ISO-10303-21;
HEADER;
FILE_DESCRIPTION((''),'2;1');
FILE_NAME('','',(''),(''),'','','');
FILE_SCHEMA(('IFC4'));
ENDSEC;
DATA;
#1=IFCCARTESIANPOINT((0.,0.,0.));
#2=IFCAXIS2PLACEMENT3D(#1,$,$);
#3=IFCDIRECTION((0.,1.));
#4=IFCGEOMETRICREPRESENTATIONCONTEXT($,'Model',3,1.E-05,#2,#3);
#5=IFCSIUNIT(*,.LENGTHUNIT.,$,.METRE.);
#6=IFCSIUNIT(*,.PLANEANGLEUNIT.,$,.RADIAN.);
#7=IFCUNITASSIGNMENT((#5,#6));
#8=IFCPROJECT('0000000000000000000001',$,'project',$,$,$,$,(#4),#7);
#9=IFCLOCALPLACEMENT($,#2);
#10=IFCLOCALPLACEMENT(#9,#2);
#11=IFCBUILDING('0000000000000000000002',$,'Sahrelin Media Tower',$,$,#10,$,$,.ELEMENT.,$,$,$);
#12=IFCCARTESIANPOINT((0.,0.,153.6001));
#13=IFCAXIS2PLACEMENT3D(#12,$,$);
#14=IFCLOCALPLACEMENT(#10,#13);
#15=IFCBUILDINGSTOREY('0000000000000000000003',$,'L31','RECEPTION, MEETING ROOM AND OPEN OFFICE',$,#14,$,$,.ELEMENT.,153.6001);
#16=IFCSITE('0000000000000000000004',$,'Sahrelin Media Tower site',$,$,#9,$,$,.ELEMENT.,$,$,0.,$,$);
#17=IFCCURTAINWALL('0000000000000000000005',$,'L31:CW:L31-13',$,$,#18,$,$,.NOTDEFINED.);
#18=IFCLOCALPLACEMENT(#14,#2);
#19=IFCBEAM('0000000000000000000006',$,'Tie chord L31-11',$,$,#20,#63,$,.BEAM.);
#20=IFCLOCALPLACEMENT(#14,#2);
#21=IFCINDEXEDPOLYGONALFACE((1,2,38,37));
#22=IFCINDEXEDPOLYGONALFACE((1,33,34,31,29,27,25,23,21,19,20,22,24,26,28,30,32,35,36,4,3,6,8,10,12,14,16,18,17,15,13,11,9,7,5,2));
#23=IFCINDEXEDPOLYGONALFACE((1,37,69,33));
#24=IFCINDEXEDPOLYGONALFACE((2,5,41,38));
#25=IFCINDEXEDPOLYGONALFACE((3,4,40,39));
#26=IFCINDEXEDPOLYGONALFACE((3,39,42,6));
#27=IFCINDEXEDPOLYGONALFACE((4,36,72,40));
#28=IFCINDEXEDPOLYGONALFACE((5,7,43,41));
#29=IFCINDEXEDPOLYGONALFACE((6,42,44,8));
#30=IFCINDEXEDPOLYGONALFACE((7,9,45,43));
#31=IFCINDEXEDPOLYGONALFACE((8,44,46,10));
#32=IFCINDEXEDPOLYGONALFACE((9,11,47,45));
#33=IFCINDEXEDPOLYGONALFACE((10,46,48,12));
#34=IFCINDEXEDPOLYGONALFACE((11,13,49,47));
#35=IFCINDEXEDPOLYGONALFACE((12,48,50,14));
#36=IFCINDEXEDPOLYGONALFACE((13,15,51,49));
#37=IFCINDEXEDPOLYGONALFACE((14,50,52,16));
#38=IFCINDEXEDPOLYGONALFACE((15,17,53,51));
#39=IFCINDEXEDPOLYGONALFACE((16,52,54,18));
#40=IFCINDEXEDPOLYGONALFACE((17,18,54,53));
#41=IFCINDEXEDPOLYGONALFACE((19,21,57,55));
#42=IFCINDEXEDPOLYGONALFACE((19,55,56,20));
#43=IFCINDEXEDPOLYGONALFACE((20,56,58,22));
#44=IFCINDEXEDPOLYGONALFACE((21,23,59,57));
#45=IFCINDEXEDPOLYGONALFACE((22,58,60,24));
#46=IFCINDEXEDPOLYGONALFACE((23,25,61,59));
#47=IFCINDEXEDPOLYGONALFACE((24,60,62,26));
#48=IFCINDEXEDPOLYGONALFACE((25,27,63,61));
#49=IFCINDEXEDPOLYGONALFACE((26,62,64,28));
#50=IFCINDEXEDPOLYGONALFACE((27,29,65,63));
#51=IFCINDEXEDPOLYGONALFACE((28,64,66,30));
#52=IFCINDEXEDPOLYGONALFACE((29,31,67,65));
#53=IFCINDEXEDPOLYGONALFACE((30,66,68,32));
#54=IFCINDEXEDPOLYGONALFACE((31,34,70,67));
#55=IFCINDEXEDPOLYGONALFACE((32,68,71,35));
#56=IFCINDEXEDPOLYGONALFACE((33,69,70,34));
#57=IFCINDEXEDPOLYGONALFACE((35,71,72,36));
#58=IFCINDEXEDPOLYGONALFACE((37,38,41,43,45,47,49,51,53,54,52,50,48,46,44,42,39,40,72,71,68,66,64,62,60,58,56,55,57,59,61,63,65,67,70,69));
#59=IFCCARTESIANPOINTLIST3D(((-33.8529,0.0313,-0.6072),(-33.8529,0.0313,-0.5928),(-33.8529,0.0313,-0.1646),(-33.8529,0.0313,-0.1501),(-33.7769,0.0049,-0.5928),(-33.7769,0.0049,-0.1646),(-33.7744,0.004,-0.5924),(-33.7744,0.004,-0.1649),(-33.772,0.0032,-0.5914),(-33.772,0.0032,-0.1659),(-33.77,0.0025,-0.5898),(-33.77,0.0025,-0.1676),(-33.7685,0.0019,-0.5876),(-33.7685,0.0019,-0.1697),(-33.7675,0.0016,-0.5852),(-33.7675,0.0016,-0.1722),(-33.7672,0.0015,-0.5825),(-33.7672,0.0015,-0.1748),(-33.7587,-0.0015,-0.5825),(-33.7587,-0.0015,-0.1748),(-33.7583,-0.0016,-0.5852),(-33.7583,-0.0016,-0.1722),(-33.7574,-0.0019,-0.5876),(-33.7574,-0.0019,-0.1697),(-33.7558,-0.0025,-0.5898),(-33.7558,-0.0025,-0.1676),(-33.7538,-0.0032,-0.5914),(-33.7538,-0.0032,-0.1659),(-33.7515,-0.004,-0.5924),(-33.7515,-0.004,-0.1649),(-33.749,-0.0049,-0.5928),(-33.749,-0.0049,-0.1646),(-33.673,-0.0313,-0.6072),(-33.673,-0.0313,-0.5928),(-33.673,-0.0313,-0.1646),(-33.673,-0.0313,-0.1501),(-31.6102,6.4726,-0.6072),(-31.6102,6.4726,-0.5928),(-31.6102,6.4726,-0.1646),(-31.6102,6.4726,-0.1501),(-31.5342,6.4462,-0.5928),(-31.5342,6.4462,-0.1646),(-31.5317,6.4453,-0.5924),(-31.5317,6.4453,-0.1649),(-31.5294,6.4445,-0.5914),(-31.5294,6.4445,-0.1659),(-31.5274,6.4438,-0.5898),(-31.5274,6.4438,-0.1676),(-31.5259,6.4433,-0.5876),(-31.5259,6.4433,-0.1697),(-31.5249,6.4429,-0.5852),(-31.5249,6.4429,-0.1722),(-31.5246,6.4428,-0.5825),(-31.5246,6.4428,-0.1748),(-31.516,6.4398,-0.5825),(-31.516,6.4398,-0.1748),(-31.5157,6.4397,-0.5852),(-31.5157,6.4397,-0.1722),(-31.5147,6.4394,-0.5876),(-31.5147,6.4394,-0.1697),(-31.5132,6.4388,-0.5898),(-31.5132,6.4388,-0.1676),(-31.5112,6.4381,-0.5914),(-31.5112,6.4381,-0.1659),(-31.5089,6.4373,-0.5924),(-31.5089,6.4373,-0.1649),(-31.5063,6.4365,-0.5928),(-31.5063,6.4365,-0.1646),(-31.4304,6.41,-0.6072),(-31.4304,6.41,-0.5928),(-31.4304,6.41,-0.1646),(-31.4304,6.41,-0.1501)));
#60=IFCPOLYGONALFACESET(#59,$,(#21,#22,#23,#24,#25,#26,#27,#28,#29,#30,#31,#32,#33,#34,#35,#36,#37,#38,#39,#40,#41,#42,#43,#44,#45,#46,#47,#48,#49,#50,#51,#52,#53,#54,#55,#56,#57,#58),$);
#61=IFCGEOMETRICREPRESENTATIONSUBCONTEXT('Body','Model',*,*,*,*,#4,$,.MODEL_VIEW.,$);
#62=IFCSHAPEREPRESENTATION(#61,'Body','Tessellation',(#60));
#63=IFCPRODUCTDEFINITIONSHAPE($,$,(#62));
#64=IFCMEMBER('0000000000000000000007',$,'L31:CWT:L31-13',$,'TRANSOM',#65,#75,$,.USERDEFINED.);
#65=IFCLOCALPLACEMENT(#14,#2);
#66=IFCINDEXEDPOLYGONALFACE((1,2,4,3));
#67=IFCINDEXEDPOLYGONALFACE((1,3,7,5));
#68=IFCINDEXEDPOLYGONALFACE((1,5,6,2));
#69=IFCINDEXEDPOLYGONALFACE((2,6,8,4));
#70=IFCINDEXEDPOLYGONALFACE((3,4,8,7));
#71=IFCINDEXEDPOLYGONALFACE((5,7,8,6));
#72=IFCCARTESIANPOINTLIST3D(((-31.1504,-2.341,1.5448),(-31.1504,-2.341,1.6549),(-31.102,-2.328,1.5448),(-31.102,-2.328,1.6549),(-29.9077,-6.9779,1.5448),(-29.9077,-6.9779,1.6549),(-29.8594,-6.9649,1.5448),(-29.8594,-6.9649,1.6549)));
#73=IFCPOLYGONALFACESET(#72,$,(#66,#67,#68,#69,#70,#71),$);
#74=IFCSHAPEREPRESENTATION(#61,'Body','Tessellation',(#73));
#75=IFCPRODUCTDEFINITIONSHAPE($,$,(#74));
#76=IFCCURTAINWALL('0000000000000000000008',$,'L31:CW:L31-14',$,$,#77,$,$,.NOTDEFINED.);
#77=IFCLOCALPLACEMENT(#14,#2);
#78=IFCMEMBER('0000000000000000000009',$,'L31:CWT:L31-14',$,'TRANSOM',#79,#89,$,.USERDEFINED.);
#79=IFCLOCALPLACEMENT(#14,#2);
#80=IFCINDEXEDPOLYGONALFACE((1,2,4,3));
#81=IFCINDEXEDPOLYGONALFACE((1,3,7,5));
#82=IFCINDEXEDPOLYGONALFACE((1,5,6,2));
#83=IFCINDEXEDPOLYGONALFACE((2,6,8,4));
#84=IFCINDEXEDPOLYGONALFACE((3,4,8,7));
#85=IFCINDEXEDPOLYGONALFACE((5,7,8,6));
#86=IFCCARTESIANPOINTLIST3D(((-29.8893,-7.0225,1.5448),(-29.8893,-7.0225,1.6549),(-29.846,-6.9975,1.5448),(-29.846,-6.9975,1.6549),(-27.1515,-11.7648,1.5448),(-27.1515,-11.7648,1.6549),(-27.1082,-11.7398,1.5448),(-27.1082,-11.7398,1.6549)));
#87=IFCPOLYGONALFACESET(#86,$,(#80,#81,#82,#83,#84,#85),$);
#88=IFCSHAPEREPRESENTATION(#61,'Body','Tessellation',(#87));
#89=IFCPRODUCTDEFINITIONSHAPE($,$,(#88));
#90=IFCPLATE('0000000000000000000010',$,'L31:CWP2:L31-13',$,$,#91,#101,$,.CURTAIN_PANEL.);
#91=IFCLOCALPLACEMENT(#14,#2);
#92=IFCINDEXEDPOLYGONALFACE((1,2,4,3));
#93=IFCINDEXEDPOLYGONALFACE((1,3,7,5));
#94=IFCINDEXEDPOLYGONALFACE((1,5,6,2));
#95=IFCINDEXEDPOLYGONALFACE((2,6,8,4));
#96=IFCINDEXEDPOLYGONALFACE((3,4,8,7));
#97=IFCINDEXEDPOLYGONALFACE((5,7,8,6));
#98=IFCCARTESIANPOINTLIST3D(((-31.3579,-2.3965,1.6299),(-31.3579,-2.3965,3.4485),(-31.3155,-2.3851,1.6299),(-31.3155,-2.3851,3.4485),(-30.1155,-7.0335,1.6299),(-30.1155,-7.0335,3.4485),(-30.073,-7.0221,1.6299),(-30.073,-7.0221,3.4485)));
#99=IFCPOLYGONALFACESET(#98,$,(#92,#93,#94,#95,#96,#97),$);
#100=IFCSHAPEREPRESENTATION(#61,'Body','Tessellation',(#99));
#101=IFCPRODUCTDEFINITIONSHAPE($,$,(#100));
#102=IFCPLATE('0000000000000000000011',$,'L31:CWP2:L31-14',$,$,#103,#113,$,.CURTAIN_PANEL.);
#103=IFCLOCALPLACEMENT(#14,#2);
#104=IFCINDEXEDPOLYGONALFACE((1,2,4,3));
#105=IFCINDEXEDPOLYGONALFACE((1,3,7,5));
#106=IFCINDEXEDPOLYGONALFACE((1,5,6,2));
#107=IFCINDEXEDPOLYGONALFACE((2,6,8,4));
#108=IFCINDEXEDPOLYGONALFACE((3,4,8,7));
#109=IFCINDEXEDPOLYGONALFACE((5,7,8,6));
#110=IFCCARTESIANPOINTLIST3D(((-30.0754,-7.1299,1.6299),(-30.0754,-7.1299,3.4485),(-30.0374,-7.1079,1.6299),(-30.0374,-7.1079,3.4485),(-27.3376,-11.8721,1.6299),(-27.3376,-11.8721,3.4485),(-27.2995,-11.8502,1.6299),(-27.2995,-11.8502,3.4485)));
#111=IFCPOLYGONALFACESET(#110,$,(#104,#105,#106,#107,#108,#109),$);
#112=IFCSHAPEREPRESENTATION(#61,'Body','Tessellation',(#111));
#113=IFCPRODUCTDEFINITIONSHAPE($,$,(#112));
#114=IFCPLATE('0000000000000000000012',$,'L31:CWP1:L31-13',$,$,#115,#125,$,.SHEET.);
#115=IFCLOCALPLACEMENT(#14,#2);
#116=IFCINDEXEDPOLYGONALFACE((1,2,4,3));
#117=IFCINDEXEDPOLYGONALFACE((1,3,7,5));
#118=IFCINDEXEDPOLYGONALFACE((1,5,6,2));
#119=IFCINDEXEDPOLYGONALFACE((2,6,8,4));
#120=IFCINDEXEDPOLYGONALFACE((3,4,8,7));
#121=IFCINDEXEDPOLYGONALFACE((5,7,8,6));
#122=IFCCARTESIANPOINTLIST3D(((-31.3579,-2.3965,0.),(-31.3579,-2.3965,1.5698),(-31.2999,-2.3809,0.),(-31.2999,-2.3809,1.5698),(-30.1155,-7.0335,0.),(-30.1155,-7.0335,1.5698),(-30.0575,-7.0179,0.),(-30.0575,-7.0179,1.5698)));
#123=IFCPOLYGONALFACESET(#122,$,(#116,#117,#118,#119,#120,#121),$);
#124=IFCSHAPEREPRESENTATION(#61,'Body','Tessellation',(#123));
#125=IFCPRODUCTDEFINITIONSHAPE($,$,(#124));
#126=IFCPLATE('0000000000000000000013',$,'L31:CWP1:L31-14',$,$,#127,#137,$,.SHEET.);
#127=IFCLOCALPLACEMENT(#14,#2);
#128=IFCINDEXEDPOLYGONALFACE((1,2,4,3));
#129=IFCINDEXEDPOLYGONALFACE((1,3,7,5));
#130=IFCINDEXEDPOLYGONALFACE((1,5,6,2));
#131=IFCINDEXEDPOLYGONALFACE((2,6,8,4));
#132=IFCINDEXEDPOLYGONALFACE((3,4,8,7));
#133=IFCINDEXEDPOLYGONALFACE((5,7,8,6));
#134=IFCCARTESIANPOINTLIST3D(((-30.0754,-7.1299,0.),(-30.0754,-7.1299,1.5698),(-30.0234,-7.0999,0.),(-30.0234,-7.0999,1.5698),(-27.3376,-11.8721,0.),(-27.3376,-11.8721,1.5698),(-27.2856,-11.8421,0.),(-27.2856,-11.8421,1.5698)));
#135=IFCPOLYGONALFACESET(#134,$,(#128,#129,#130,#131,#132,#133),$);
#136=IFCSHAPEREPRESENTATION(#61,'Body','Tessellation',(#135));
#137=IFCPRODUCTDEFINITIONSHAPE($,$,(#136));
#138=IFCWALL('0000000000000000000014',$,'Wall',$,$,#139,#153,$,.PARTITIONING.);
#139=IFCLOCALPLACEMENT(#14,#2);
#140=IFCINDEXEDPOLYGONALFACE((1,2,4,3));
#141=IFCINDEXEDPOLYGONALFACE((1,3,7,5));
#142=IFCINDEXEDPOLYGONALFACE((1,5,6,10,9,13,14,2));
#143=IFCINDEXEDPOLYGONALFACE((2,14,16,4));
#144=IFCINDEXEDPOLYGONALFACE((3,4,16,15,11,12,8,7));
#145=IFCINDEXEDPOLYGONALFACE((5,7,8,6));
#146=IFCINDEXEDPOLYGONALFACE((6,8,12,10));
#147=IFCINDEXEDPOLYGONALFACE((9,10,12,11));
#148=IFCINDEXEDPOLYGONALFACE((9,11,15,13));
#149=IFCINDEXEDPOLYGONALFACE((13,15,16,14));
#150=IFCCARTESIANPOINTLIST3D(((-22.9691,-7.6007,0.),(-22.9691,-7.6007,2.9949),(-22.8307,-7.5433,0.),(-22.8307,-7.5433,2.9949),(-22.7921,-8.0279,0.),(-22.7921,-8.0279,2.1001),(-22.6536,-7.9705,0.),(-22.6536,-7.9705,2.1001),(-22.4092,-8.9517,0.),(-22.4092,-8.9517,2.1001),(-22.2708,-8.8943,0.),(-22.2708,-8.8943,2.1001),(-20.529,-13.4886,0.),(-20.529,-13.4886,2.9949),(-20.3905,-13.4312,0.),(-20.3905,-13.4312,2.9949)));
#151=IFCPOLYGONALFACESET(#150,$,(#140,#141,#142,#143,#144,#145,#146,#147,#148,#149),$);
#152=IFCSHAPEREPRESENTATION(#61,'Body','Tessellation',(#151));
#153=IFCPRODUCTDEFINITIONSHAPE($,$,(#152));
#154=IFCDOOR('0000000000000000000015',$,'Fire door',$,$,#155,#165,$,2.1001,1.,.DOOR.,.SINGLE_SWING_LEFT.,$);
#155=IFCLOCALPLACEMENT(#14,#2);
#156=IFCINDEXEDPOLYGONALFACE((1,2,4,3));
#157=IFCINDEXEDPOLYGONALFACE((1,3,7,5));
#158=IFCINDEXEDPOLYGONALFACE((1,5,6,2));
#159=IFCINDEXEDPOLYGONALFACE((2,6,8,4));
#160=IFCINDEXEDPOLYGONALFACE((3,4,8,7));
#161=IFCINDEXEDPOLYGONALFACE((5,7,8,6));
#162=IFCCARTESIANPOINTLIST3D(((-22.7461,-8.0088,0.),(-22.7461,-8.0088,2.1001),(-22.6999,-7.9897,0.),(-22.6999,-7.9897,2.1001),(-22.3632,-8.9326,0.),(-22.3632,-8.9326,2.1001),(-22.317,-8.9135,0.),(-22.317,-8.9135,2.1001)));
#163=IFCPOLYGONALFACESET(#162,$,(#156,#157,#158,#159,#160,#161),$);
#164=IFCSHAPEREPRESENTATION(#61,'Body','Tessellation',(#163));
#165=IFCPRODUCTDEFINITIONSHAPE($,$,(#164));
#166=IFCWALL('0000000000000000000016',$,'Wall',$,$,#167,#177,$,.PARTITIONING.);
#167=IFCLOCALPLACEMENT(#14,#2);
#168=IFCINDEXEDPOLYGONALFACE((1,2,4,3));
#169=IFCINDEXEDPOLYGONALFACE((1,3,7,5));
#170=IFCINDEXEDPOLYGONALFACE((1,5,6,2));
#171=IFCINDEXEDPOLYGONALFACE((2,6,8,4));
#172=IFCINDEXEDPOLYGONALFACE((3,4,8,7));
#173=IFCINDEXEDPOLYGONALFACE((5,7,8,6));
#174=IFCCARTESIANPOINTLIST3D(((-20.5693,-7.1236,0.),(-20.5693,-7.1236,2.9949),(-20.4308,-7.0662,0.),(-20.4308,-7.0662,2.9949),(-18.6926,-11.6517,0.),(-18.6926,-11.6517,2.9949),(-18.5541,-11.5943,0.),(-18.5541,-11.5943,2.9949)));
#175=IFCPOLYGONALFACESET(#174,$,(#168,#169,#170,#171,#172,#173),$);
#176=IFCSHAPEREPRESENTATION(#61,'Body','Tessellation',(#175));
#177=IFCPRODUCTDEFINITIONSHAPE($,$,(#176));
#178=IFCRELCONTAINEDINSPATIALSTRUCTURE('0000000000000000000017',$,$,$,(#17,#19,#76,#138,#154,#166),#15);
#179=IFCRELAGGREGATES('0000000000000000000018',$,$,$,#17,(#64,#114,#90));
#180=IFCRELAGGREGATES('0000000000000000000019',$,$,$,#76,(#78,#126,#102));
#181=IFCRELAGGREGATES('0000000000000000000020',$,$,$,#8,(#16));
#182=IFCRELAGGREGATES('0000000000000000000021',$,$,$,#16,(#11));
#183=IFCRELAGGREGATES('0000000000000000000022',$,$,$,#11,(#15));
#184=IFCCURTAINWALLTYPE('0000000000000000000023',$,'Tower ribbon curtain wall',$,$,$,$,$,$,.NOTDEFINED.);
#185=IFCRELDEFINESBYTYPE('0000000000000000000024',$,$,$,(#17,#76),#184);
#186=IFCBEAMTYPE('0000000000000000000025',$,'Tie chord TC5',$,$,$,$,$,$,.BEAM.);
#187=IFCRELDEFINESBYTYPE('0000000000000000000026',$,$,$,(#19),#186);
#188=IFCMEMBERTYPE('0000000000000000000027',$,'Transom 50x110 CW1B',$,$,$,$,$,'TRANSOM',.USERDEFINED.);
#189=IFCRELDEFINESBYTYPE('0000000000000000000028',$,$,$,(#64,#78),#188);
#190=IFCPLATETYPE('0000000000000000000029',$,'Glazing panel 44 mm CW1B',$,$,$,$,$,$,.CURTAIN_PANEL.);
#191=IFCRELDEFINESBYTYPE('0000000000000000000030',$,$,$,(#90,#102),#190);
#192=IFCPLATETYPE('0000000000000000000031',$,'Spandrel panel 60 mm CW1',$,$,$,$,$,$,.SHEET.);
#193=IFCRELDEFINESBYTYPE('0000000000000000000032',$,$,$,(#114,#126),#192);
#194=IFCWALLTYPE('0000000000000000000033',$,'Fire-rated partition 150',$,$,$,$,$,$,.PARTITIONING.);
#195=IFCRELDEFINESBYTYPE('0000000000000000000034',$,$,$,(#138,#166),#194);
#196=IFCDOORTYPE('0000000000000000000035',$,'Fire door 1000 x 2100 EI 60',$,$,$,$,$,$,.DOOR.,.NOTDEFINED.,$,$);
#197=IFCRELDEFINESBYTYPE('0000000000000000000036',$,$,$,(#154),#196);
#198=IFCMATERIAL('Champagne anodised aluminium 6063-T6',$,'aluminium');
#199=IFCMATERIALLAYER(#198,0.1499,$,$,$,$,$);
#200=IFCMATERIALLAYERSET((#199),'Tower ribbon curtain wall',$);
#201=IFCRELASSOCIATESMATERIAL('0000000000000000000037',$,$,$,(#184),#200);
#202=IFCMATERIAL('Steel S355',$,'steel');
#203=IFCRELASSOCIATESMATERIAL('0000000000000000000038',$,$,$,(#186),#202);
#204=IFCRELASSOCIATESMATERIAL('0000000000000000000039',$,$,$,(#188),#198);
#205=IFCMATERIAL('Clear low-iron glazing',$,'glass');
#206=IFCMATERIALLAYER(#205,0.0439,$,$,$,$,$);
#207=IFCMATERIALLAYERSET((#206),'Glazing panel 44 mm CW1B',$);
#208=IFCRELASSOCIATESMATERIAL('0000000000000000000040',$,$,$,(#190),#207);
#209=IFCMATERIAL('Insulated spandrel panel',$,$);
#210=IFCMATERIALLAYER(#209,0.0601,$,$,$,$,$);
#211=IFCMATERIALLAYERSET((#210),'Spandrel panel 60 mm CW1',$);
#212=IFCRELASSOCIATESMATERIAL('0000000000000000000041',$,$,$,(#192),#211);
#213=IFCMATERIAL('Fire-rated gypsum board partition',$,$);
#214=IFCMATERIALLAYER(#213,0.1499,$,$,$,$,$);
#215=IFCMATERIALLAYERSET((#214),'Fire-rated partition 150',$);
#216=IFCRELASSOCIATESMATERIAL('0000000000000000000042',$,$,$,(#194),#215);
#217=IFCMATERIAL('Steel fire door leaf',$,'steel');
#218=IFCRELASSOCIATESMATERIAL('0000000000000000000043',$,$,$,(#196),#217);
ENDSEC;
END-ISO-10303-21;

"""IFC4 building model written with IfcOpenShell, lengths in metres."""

from ifc_helpers import new_model, si_unit, direction, frame, frame_2d, origin, origin_2d, place, context, subcontext, project, spatial, polyline, rectangle, i_section, outline, extrude, material, layer, layer_set, material_profile, profile_set, type_object, element, fill, aggregate, save


model = new_model("IFC4")

# Units and contexts
model_context = context("Model", 3, precision=1e-05, world=origin(), true_north=direction((0.0, 1.0)))
body_context = subcontext(model_context, "Body", "Model", "MODEL_VIEW")
ifc_project = project(units=[si_unit("LENGTHUNIT", "METRE"), si_unit("PLANEANGLEUNIT", "RADIAN")], contexts=[model_context])

# Site, building, storey
site_placement = place(None, origin())
site = spatial("IfcSite", under=ifc_project, at=site_placement, Name="Sahrelin Media Tower site", CompositionType="ELEMENT", RefElevation=0.0)
building_placement = place(site_placement, origin())
building = spatial("IfcBuilding", under=site, at=building_placement, Name="Sahrelin Media Tower", CompositionType="ELEMENT")
storey_placement = place(building_placement, frame((0.0, 0.0, 153.6001)))
storey = spatial("IfcBuildingStorey", under=building, at=storey_placement, Name="L31", Description="RECEPTION, MEETING ROOM AND OPEN OFFICE", CompositionType="ELEMENT", Elevation=153.6001)

# Shared definitions
ifc_material_1 = material(Name="Steel S355", Category="steel")

# Curtain wall
ifc_material_2 = material(Name="Champagne anodised aluminium 6063-T6", Category="aluminium")
ifc_layer_1 = layer(ifc_material_2, 0.1499)
ifc_layer_set_1 = layer_set([ifc_layer_1], Name="Tower ribbon curtain wall")
curtain_wall_type = type_object("IfcCurtainWallType", Name="Tower ribbon curtain wall", PredefinedType="NOTDEFINED", material=ifc_layer_set_1)
curtain_wall_1_placement = place(storey_placement, frame((-30.7173, -4.7097, 0.0), z_axis=(0.0, 0.0, 1.0), x_axis=(1.0, 0.0, 0.0)))
curtain_wall_1 = element("IfcCurtainWall", 1, at=curtain_wall_1_placement, inside=storey, type_object=curtain_wall_type, Name="L31:CW:L31-13", PredefinedType="NOTDEFINED")

# Beam
ifc_material_profile_1 = material_profile(ifc_material_1, i_section(OverallWidth=0.1904, OverallDepth=0.457, WebThickness=0.009, FlangeThickness=0.0144, FilletRadius=0.0103, at=origin_2d()), Name="UB 457x191x74")
ifc_profile_set_1 = profile_set([ifc_material_profile_1], Name="Steel S355")
beam_type_1 = type_object("IfcBeamType", Name="Tie chord TC5", PredefinedType="BEAM", material=ifc_profile_set_1)
for number, where, z_axis, x_axis, name in (
    (2, (-33.7629, 0.0, -0.3787), (0.328807, 0.944397, 0.0), (-0.944397, 0.328807, 0.0), "Tie chord L31-11"),
):
    element("IfcBeam", number, at=place(storey_placement, frame(where, z_axis=z_axis, x_axis=x_axis)), inside=storey, type_object=beam_type_1, Name=name, PredefinedType="BEAM", context=body_context, shape_type="SweptSolid", body=[
        extrude(i_section(OverallWidth=0.1904, OverallDepth=0.457, WebThickness=0.009, FlangeThickness=0.0144, FilletRadius=0.0103, at=origin_2d()), origin(), (0.0, 0.0, 1.0), 6.8206),
    ])

# Member
ifc_material_profile_2 = material_profile(ifc_material_2, rectangle(XDim=0.05, YDim=0.1101, at=origin_2d()), Name="Transom 50x110")
ifc_profile_set_2 = profile_set([ifc_material_profile_2], Name="Champagne anodised aluminium 6063-T6")
member_type_1 = type_object("IfcMemberType", Name="Transom 50x110 CW1B", ElementType="TRANSOM", PredefinedType="USERDEFINED", material=ifc_profile_set_2)
member_1_placement = place(storey_placement, frame((-31.1262, -2.3345, 1.5999), z_axis=(0.258859, -0.965915, 0.0), x_axis=(0.965915, 0.258859, 0.0)))
member_1 = element("IfcMember", 3, at=member_1_placement, type_object=member_type_1, Name="L31:CWT:L31-13", ObjectType="TRANSOM", PredefinedType="USERDEFINED", context=body_context, shape_type="SweptSolid", body=[
    extrude(rectangle(XDim=0.05, YDim=0.1101, at=origin_2d()), origin(), (0.0, 0.0, 1.0), 4.8005),
])

# Curtain wall, member
curtain_wall_2_placement = place(storey_placement, frame((-28.6892, -9.491, 0.0), z_axis=(0.0, 0.0, 1.0), x_axis=(1.0, 0.0, 0.0)))
curtain_wall_2 = element("IfcCurtainWall", 4, at=curtain_wall_2_placement, inside=storey, type_object=curtain_wall_type, Name="L31:CW:L31-14", PredefinedType="NOTDEFINED")
member_2_placement = place(storey_placement, frame((-29.8677, -7.01, 1.5999), z_axis=(0.499985, -0.866034, 0.0), x_axis=(0.866034, 0.499985, 0.0)))
member_2 = element("IfcMember", 5, at=member_2_placement, type_object=member_type_1, Name="L31:CWT:L31-14", ObjectType="TRANSOM", PredefinedType="USERDEFINED", context=body_context, shape_type="SweptSolid", body=[
    extrude(rectangle(XDim=0.05, YDim=0.1101, at=origin_2d()), origin(), (0.0, 0.0, 1.0), 5.4758),
])

# Plates
ifc_material_3 = material(Name="Clear low-iron glazing", Category="glass")
ifc_layer_2 = layer(ifc_material_3, 0.0439)
ifc_layer_set_2 = layer_set([ifc_layer_2], Name="Glazing panel 44 mm CW1B")
plate_type_1 = type_object("IfcPlateType", Name="Glazing panel 44 mm CW1B", PredefinedType="CURTAIN_PANEL", material=ifc_layer_set_2)
plate_1_placement = place(storey_placement, frame((-31.3579, -2.3965, 1.6299), z_axis=(-0.965928, -0.258811, 0.0), x_axis=(0.258811, -0.965928, 0.0)))
plate_1 = element("IfcPlate", 6, at=plate_1_placement, type_object=plate_type_1, Name="L31:CWP2:L31-13", PredefinedType="CURTAIN_PANEL", context=body_context, shape_type="SweptSolid", body=[
    extrude(outline(polyline([(0.0, 0.0), (4.8005, 0.0), (4.8005, 1.8186), (0.0, 1.8186), (0.0, 0.0)])), origin(), (0.0, 0.0, -1.0), 0.0439),
])
plate_2_placement = place(storey_placement, frame((-30.0754, -7.1299, 1.6299), z_axis=(-0.866034, -0.499985, 0.0), x_axis=(0.499985, -0.866034, 0.0)))
plate_2 = element("IfcPlate", 7, at=plate_2_placement, type_object=plate_type_1, Name="L31:CWP2:L31-14", PredefinedType="CURTAIN_PANEL", context=body_context, shape_type="SweptSolid", body=[
    extrude(outline(polyline([(0.0, 0.0), (5.4758, 0.0), (5.4758, 1.8186), (0.0, 1.8186), (0.0, 0.0)])), origin(), (0.0, 0.0, -1.0), 0.0439),
])
ifc_material_4 = material(Name="Insulated spandrel panel")
ifc_layer_3 = layer(ifc_material_4, 0.0601)
ifc_layer_set_3 = layer_set([ifc_layer_3], Name="Spandrel panel 60 mm CW1")
plate_type_2 = type_object("IfcPlateType", Name="Spandrel panel 60 mm CW1", PredefinedType="SHEET", material=ifc_layer_set_3)
plate_3_placement = place(storey_placement, frame((-31.3579, -2.3965, 0.0), z_axis=(-0.965928, -0.258811, 0.0), x_axis=(0.258811, -0.965928, 0.0)))
plate_3 = element("IfcPlate", 8, at=plate_3_placement, type_object=plate_type_2, Name="L31:CWP1:L31-13", PredefinedType="SHEET", context=body_context, shape_type="SweptSolid", body=[
    extrude(outline(polyline([(0.0, 0.0), (4.8005, 0.0), (4.8005, 1.5698), (0.0, 1.5698), (0.0, 0.0)])), origin(), (0.0, 0.0, -1.0), 0.0601),
])
aggregate(curtain_wall_1, [member_1, plate_3, plate_1])
plate_4_placement = place(storey_placement, frame((-30.0754, -7.1299, 0.0), z_axis=(-0.866034, -0.499985, 0.0), x_axis=(0.499985, -0.866034, 0.0)))
plate_4 = element("IfcPlate", 9, at=plate_4_placement, type_object=plate_type_2, Name="L31:CWP1:L31-14", PredefinedType="SHEET", context=body_context, shape_type="SweptSolid", body=[
    extrude(outline(polyline([(0.0, 0.0), (5.4758, 0.0), (5.4758, 1.5698), (0.0, 1.5698), (0.0, 0.0)])), origin(), (0.0, 0.0, -1.0), 0.0601),
])
aggregate(curtain_wall_2, [member_2, plate_4, plate_2])

# Wall, opening, door
ifc_material_5 = material(Name="Fire-rated gypsum board partition")
ifc_layer_4 = layer(ifc_material_5, 0.1499)
ifc_layer_set_4 = layer_set([ifc_layer_4], Name="Fire-rated partition 150")
wall_type_1 = type_object("IfcWallType", Name="Fire-rated partition 150", PredefinedType="PARTITIONING", material=ifc_layer_set_4)
wall_1_placement = place(storey_placement, frame((-22.8999, -7.572, 0.0), z_axis=(0.0, 0.0, 1.0), x_axis=(0.38286, -0.923806, 0.0)))
wall_1 = element("IfcWall", 10, at=wall_1_placement, inside=storey, type_object=wall_type_1, Name="Wall", PredefinedType="PARTITIONING", context=body_context, shape_type="SweptSolid", body=[
    extrude(rectangle(XDim=6.3735, YDim=0.1499, at=frame_2d((3.1868, 0.0))), origin(), (0.0, 0.0, 1.0), 2.9949),
])
opening_1_placement = place(wall_1_placement, frame((0.4624, 0.0, 0.0)))
opening_1 = element("IfcOpeningElement", 11, at=opening_1_placement, cuts=wall_1, PredefinedType="OPENING", context=body_context, shape_type="SweptSolid", body=[
    extrude(rectangle(XDim=1.0, YDim=2.1001, at=frame_2d((0.5, 1.05))), frame((0.0, 0.075, 0.0), z_axis=(0.0, -1.0, 0.0), x_axis=(1.0, 0.0, 0.0)), (0.0, 0.0, 1.0), 0.1499),
])
ifc_material_6 = material(Name="Steel fire door leaf", Category="steel")
door_type_1 = type_object("IfcDoorType", Name="Fire door 1000 x 2100 EI 60", OperationType="NOTDEFINED", PredefinedType="DOOR", material=ifc_material_6)
door_1_placement = place(opening_1_placement, origin())
door_1 = element("IfcDoor", 12, at=door_1_placement, inside=storey, type_object=door_type_1, Name="Fire door", OperationType="SINGLE_SWING_LEFT", OverallHeight=2.1001, OverallWidth=1.0, PredefinedType="DOOR", context=body_context, shape_type="SweptSolid", body=[
    extrude(rectangle(XDim=1.0, YDim=2.1001, at=frame_2d((0.5, 1.05))), frame((0.0, 0.0249, 0.0), z_axis=(0.0, -1.0, 0.0), x_axis=(1.0, 0.0, 0.0)), (0.0, 0.0, 1.0), 0.05),
])
fill(opening_1, door_1)

# Wall
wall_2_placement = place(storey_placement, frame((-20.5, -7.095, 0.0), z_axis=(0.0, 0.0, 1.0), x_axis=(0.382878, -0.923799, 0.0)))
element("IfcWall", 13, at=wall_2_placement, inside=storey, type_object=wall_type_1, Name="Wall", PredefinedType="PARTITIONING", context=body_context, shape_type="SweptSolid", body=[
    extrude(rectangle(XDim=4.9016, YDim=0.1499, at=frame_2d((2.4507, 0.0))), origin(), (0.0, 0.0, 1.0), 2.9949),
])

save(model, "model.ifc")
